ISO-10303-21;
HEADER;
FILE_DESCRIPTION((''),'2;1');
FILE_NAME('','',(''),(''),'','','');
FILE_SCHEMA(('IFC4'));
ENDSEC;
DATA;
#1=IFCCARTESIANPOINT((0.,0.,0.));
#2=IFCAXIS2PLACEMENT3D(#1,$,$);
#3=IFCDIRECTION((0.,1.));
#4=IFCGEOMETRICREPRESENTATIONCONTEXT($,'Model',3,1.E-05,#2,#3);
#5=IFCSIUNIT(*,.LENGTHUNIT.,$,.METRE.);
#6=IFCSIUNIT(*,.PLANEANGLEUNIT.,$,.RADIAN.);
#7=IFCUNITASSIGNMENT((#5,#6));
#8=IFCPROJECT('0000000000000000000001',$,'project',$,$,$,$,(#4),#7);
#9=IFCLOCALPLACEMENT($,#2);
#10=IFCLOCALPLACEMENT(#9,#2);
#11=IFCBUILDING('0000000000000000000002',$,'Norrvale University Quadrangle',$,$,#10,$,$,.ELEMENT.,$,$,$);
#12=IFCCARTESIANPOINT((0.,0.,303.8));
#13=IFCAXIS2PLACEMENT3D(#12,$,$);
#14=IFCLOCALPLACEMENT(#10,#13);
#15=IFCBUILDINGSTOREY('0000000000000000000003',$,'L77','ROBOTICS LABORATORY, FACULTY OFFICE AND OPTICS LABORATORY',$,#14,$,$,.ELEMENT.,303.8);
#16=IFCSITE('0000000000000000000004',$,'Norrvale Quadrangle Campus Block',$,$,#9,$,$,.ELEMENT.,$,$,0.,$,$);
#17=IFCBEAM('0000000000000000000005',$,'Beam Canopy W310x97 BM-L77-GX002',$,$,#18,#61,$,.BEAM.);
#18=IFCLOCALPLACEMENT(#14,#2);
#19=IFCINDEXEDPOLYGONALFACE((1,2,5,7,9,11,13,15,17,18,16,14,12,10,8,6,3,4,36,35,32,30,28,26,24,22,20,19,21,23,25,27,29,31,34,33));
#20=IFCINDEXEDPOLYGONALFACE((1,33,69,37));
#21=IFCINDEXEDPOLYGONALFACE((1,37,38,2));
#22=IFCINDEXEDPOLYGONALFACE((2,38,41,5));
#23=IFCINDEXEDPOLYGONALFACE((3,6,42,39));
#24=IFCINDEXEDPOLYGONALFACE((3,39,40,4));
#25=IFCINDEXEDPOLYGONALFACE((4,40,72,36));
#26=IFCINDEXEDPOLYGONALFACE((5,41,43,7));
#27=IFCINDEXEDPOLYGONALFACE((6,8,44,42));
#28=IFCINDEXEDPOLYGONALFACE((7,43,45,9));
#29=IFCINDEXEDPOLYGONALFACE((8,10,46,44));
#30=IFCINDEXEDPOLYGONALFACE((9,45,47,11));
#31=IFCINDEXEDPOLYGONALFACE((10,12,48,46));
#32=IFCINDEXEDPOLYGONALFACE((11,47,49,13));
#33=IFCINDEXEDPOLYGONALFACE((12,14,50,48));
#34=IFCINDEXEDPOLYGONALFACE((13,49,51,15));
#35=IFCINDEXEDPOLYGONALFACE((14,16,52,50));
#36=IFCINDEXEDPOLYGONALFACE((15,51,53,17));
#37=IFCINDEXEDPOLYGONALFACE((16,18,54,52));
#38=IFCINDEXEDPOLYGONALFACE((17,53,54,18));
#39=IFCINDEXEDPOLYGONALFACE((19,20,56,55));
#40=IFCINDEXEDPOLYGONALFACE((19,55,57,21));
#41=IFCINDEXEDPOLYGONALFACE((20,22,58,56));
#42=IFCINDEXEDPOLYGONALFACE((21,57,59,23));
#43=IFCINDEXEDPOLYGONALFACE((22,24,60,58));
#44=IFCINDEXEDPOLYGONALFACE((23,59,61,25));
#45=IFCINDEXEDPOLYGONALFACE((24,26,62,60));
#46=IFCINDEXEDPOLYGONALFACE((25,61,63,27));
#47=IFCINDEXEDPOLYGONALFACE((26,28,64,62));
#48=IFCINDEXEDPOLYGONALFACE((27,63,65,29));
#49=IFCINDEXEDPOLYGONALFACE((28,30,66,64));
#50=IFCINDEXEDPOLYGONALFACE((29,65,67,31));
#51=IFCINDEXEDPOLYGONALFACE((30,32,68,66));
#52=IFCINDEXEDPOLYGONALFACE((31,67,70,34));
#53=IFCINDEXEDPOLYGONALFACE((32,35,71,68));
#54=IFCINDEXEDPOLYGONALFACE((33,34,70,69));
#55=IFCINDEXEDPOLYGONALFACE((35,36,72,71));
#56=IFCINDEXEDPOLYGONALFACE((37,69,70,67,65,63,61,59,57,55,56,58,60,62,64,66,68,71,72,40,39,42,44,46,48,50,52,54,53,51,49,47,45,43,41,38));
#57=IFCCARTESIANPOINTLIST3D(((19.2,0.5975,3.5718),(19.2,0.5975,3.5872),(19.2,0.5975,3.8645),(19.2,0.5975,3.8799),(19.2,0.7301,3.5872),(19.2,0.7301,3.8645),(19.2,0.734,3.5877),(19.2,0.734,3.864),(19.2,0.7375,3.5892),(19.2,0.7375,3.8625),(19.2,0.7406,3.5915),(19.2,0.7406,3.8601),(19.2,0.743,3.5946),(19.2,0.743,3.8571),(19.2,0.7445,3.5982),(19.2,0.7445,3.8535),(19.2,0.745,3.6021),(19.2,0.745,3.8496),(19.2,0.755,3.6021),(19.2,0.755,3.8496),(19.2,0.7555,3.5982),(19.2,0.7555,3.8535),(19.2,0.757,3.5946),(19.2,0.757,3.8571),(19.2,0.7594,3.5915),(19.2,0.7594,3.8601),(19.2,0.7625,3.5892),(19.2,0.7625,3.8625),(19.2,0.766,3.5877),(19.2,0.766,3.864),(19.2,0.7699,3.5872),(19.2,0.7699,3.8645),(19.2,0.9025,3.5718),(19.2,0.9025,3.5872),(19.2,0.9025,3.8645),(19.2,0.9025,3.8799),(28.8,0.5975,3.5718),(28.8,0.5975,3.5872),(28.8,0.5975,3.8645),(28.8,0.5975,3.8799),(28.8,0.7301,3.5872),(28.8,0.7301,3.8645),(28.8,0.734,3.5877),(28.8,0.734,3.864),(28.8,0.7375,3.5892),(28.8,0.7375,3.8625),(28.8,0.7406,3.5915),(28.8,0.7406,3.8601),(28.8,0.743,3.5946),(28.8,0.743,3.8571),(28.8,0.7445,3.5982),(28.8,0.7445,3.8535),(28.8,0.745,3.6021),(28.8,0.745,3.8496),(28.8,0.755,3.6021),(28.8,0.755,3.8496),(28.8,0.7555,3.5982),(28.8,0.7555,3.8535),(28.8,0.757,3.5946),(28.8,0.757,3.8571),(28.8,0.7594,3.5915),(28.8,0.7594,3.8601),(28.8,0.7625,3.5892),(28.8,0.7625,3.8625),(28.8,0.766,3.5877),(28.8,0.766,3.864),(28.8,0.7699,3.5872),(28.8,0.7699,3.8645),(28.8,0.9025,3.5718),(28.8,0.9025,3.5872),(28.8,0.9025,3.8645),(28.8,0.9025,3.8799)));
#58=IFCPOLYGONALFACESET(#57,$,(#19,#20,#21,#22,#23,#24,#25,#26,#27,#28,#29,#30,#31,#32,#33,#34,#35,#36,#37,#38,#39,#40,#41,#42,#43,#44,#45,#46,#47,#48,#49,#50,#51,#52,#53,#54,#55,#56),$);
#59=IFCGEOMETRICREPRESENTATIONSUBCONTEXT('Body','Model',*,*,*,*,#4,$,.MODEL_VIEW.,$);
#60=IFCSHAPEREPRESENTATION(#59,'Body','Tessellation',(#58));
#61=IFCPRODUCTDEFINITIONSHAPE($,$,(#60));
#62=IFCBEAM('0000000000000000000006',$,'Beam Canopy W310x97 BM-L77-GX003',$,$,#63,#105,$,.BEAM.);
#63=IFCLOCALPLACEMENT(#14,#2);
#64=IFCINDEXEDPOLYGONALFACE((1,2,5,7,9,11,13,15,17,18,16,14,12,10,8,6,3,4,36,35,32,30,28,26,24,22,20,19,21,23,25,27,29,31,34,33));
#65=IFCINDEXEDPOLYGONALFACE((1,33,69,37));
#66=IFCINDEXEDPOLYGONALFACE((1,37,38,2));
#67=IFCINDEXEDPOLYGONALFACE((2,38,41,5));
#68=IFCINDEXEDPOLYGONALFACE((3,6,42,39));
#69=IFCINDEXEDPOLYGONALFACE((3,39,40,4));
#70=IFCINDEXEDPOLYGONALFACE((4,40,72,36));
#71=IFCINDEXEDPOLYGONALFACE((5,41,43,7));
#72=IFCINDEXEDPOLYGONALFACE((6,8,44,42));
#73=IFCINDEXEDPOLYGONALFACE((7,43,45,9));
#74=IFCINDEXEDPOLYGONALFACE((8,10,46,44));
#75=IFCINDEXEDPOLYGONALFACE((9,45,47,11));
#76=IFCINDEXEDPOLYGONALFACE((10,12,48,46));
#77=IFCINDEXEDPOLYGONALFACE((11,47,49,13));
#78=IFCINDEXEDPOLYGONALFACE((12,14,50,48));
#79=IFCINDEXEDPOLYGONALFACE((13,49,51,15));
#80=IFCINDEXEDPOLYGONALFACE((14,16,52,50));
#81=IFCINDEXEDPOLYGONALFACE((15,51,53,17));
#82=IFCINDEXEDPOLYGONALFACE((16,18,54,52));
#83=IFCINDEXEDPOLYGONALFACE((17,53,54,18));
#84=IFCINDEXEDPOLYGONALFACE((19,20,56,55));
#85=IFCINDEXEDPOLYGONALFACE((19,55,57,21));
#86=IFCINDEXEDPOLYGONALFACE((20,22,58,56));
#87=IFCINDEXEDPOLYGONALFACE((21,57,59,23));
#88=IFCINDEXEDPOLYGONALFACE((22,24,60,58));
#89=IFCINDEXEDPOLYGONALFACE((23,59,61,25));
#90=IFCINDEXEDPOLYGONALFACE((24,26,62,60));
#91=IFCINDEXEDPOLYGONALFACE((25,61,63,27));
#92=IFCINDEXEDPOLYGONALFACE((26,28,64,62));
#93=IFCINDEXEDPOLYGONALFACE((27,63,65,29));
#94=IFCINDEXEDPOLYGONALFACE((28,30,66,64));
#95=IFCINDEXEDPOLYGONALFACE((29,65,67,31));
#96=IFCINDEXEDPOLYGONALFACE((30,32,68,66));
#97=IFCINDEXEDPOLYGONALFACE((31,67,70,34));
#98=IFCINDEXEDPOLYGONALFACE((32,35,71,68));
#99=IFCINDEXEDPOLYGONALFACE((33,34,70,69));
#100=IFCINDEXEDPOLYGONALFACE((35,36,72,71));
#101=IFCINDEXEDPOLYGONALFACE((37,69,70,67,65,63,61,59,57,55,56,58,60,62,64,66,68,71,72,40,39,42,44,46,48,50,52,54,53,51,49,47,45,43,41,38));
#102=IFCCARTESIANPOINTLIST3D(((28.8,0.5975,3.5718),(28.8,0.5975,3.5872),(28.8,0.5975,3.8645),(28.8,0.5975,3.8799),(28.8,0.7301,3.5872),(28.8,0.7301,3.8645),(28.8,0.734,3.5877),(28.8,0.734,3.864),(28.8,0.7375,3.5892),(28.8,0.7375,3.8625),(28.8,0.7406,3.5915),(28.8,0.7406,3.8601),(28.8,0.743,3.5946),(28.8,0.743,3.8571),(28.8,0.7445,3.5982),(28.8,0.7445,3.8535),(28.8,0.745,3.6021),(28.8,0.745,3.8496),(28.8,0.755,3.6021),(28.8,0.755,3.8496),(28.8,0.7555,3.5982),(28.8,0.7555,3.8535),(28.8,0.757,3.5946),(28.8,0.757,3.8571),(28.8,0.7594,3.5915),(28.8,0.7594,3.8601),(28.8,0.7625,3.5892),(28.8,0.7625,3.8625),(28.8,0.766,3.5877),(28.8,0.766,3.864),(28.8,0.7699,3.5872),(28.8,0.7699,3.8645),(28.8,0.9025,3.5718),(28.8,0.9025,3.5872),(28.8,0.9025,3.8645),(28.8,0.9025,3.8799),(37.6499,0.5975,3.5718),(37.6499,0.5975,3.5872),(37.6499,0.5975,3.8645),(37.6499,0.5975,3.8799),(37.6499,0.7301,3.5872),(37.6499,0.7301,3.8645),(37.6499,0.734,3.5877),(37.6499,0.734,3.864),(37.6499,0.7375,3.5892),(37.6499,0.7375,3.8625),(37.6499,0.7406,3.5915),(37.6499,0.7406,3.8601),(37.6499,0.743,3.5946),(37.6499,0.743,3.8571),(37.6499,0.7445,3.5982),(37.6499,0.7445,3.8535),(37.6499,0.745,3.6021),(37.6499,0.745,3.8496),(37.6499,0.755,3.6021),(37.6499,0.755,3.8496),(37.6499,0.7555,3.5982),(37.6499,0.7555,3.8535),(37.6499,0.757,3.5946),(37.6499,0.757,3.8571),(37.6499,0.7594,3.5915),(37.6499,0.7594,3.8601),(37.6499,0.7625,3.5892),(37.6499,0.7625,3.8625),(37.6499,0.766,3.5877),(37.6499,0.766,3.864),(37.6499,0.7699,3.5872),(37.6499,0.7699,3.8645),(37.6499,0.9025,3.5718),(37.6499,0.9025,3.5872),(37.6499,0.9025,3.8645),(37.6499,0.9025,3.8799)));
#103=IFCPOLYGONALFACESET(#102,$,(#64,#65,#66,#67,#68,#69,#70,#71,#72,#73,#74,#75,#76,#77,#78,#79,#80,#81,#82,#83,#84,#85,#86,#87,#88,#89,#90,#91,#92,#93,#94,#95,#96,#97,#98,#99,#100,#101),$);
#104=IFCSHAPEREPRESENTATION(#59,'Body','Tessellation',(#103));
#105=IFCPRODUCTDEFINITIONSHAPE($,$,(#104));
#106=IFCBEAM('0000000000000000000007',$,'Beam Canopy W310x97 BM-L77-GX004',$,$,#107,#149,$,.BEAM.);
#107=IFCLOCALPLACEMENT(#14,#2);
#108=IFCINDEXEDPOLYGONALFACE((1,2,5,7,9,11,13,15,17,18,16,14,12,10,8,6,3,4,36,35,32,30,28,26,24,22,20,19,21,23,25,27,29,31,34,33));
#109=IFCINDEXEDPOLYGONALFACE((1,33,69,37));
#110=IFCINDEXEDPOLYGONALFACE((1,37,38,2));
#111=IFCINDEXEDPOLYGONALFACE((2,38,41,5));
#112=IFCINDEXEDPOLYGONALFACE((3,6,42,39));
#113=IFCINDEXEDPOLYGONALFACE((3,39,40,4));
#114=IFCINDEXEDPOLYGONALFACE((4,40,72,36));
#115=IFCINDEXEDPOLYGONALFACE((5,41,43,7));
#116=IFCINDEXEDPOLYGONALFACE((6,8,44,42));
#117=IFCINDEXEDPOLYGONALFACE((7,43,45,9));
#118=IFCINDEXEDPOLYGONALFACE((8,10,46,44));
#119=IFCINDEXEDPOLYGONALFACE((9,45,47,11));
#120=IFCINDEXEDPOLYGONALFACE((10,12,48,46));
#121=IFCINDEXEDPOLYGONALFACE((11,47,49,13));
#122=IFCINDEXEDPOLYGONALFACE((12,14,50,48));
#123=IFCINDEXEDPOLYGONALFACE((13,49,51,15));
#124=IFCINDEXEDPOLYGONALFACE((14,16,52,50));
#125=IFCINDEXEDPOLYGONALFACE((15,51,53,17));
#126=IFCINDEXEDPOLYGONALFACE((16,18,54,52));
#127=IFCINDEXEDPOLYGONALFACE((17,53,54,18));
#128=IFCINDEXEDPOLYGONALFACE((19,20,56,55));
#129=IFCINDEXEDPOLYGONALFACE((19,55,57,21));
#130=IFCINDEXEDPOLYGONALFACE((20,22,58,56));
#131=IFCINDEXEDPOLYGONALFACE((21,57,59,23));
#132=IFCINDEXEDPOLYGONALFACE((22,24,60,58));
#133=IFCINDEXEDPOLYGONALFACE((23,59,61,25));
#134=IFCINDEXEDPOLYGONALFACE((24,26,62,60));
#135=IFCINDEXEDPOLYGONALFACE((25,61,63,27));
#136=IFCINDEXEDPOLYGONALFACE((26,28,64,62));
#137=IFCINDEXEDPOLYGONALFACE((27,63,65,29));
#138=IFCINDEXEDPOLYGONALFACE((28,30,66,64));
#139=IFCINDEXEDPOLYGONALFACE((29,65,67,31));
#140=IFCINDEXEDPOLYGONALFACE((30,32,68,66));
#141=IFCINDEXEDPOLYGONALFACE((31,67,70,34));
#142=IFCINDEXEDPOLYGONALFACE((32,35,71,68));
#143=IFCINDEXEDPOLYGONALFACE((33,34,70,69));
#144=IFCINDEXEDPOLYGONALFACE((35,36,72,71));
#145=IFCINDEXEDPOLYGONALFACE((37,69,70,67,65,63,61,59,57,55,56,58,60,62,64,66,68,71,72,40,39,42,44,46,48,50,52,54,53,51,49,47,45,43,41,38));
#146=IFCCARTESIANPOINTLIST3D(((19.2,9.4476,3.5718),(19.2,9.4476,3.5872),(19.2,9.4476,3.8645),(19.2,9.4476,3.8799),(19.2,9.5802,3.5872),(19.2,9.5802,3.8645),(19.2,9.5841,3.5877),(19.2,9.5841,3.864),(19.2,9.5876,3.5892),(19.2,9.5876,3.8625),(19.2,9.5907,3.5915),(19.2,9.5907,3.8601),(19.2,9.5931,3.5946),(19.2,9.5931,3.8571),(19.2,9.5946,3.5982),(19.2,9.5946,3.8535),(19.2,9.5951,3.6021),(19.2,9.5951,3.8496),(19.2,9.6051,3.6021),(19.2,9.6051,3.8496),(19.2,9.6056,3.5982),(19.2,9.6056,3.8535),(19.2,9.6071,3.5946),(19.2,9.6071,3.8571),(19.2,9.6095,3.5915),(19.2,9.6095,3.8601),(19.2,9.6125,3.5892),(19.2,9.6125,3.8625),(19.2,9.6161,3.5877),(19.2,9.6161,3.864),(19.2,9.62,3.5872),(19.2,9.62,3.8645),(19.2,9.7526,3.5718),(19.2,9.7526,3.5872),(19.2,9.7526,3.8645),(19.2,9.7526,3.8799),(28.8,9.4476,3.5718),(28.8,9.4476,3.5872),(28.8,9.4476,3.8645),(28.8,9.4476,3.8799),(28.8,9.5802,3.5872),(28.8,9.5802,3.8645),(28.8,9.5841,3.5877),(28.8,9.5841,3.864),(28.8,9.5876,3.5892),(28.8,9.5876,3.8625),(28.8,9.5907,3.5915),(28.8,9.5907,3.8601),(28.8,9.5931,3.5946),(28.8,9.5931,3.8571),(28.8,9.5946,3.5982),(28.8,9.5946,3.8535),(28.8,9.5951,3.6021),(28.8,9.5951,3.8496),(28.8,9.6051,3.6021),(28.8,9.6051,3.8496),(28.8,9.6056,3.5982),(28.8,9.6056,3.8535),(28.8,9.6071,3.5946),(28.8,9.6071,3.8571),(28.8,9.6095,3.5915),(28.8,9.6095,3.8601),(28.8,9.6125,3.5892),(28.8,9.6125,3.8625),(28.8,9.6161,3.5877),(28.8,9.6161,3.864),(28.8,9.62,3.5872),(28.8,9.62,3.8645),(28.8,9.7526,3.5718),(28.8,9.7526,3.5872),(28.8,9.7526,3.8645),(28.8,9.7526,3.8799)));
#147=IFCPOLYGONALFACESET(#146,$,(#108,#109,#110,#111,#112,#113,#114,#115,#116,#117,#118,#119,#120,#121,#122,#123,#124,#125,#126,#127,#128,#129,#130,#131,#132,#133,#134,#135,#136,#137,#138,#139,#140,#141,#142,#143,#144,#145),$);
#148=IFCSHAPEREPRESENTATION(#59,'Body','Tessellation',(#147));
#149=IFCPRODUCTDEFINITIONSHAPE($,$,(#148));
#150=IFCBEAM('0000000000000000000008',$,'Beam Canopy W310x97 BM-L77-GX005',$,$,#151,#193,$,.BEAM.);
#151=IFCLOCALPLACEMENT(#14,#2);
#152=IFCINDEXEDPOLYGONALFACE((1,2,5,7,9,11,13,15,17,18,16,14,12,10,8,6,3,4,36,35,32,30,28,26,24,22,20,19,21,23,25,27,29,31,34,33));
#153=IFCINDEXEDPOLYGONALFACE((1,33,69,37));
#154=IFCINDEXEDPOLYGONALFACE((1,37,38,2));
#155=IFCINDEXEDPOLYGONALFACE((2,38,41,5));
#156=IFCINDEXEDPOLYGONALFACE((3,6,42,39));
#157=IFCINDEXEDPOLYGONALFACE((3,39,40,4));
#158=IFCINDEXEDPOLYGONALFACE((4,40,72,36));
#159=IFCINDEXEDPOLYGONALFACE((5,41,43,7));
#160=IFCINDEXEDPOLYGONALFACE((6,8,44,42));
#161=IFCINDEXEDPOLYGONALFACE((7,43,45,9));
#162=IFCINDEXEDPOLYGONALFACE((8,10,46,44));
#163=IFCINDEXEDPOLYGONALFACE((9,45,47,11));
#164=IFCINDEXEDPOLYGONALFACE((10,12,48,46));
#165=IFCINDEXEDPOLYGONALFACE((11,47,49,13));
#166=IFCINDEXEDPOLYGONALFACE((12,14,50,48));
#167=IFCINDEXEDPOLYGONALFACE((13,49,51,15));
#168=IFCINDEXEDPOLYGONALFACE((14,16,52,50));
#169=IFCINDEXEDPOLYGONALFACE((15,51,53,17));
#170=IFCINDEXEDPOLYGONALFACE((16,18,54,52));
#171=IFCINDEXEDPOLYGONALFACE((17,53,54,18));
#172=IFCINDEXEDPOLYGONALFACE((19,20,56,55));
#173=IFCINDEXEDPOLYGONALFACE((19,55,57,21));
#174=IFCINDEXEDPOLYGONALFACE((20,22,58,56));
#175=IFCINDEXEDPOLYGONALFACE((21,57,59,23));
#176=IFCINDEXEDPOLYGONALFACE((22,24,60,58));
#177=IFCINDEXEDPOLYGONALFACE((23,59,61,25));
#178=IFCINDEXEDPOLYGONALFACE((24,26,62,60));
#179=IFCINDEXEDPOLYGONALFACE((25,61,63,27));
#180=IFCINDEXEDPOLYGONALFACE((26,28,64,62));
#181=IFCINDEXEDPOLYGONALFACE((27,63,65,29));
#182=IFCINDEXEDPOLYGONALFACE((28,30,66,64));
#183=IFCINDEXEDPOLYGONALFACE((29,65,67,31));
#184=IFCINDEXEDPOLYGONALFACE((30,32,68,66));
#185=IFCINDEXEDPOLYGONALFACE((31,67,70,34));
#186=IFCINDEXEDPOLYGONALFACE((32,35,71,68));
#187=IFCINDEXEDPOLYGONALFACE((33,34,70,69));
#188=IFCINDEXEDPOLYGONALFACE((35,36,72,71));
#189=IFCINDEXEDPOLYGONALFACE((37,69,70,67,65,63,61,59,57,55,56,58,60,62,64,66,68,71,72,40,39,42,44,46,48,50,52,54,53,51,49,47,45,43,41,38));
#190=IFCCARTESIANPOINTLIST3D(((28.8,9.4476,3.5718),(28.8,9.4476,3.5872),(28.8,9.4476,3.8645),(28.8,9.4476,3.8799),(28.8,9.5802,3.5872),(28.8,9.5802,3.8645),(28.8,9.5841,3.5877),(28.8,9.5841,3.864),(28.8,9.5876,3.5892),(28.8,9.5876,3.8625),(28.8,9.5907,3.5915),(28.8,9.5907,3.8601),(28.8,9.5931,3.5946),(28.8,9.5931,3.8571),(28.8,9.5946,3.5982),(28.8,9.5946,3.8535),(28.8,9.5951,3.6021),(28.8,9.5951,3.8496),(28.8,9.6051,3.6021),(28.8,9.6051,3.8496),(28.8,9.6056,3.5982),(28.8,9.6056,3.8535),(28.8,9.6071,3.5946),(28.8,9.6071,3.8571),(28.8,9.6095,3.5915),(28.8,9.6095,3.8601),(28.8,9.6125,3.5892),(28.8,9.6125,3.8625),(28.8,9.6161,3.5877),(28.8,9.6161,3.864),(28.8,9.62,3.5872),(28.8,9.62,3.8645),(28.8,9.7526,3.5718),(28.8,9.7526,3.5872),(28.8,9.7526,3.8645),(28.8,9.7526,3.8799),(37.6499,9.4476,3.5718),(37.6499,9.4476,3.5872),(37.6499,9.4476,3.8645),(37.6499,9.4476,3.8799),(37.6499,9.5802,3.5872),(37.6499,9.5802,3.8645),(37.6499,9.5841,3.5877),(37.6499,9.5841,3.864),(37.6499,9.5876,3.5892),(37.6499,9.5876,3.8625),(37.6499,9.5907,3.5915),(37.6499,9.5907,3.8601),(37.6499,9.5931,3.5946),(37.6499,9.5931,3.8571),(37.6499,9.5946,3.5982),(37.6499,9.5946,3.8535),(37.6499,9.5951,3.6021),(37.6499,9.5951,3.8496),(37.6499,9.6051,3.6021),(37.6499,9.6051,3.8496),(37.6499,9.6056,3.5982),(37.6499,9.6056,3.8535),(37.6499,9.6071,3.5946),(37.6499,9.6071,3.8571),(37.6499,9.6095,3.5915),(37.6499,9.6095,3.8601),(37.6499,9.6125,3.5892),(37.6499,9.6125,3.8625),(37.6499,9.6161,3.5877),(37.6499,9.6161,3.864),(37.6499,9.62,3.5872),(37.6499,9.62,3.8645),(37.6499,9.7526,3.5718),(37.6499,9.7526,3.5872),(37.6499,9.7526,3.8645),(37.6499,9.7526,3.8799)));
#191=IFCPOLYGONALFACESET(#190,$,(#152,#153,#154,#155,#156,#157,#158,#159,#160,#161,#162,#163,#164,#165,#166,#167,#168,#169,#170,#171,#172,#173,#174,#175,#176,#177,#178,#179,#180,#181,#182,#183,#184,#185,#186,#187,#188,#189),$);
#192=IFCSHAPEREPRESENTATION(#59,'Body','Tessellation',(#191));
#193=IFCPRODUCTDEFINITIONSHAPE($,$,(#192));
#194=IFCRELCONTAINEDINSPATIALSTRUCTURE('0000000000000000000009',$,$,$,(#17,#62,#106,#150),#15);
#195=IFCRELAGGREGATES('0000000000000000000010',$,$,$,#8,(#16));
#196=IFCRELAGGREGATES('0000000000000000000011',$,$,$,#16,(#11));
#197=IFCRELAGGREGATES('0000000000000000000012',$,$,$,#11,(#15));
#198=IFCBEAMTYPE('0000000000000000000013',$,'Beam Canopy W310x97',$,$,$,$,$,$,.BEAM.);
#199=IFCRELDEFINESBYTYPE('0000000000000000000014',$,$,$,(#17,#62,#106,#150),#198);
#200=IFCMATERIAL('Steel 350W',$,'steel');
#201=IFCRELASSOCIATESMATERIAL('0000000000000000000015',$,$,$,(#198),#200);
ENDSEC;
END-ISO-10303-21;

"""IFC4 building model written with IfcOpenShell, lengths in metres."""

from ifc_helpers import new_model, si_unit, direction, frame, origin, origin_2d, place, context, subcontext, project, spatial, i_section, extrude, material, material_profile, profile_set, type_object, element, save


model = new_model("IFC4")

# Units and contexts
model_context = context("Model", 3, precision=1e-05, world=origin(), true_north=direction((0.0, 1.0)))
body_context = subcontext(model_context, "Body", "Model", "MODEL_VIEW")
ifc_project = project(units=[si_unit("LENGTHUNIT", "METRE"), si_unit("PLANEANGLEUNIT", "RADIAN")], contexts=[model_context])

# Site, building, storey
site_placement = place(None, origin())
site = spatial("IfcSite", under=ifc_project, at=site_placement, Name="Norrvale Quadrangle Campus Block", CompositionType="ELEMENT", RefElevation=0.0)
building_placement = place(site_placement, origin())
building = spatial("IfcBuilding", under=site, at=building_placement, Name="Norrvale University Quadrangle", CompositionType="ELEMENT")
storey_placement = place(building_placement, frame((0.0, 0.0, 303.8)))
storey = spatial("IfcBuildingStorey", under=building, at=storey_placement, Name="L77", Description="ROBOTICS LABORATORY, FACULTY OFFICE AND OPTICS LABORATORY", CompositionType="ELEMENT", Elevation=303.8)

# Beams
ifc_material_1 = material(Name="Steel 350W", Category="steel")
ifc_material_profile_1 = material_profile(ifc_material_1, i_section(OverallWidth=0.3049, OverallDepth=0.3081, WebThickness=0.01, FlangeThickness=0.0154, FilletRadius=0.0149, at=origin_2d()), Name="Steel 350W")
ifc_profile_set_1 = profile_set([ifc_material_profile_1], Name="Steel 350W")
beam_type_1 = type_object("IfcBeamType", Name="Beam Canopy W310x97", PredefinedType="BEAM", material=ifc_profile_set_1)
beam_1_placement = place(storey_placement, frame((19.2, 0.75, 3.7258), z_axis=(1.0, 0.0, 0.0), x_axis=(0.0, 1.0, 0.0)))
element("IfcBeam", 1, at=beam_1_placement, inside=storey, type_object=beam_type_1, Name="Beam Canopy W310x97 BM-L77-GX002", PredefinedType="BEAM", context=body_context, shape_type="SweptSolid", body=[
    extrude(i_section(OverallWidth=0.3049, OverallDepth=0.3081, WebThickness=0.01, FlangeThickness=0.0154, FilletRadius=0.0149, at=origin_2d()), origin(), (0.0, 0.0, 1.0), 9.6001),
])
beam_2_placement = place(storey_placement, frame((28.8, 0.75, 3.7258), z_axis=(1.0, 0.0, 0.0), x_axis=(0.0, 1.0, 0.0)))
element("IfcBeam", 2, at=beam_2_placement, inside=storey, type_object=beam_type_1, Name="Beam Canopy W310x97 BM-L77-GX003", PredefinedType="BEAM", context=body_context, shape_type="SweptSolid", body=[
    extrude(i_section(OverallWidth=0.3049, OverallDepth=0.3081, WebThickness=0.01, FlangeThickness=0.0154, FilletRadius=0.0149, at=origin_2d()), origin(), (0.0, 0.0, 1.0), 8.8499),
])
beam_3_placement = place(storey_placement, frame((19.2, 9.6001, 3.7258), z_axis=(1.0, 0.0, 0.0), x_axis=(0.0, 1.0, 0.0)))
element("IfcBeam", 3, at=beam_3_placement, inside=storey, type_object=beam_type_1, Name="Beam Canopy W310x97 BM-L77-GX004", PredefinedType="BEAM", context=body_context, shape_type="SweptSolid", body=[
    extrude(i_section(OverallWidth=0.3049, OverallDepth=0.3081, WebThickness=0.01, FlangeThickness=0.0154, FilletRadius=0.0149, at=origin_2d()), origin(), (0.0, 0.0, 1.0), 9.6001),
])
beam_4_placement = place(storey_placement, frame((28.8, 9.6001, 3.7258), z_axis=(1.0, 0.0, 0.0), x_axis=(0.0, 1.0, 0.0)))
element("IfcBeam", 4, at=beam_4_placement, inside=storey, type_object=beam_type_1, Name="Beam Canopy W310x97 BM-L77-GX005", PredefinedType="BEAM", context=body_context, shape_type="SweptSolid", body=[
    extrude(i_section(OverallWidth=0.3049, OverallDepth=0.3081, WebThickness=0.01, FlangeThickness=0.0154, FilletRadius=0.0149, at=origin_2d()), origin(), (0.0, 0.0, 1.0), 8.8499),
])

save(model, "model.ifc")
